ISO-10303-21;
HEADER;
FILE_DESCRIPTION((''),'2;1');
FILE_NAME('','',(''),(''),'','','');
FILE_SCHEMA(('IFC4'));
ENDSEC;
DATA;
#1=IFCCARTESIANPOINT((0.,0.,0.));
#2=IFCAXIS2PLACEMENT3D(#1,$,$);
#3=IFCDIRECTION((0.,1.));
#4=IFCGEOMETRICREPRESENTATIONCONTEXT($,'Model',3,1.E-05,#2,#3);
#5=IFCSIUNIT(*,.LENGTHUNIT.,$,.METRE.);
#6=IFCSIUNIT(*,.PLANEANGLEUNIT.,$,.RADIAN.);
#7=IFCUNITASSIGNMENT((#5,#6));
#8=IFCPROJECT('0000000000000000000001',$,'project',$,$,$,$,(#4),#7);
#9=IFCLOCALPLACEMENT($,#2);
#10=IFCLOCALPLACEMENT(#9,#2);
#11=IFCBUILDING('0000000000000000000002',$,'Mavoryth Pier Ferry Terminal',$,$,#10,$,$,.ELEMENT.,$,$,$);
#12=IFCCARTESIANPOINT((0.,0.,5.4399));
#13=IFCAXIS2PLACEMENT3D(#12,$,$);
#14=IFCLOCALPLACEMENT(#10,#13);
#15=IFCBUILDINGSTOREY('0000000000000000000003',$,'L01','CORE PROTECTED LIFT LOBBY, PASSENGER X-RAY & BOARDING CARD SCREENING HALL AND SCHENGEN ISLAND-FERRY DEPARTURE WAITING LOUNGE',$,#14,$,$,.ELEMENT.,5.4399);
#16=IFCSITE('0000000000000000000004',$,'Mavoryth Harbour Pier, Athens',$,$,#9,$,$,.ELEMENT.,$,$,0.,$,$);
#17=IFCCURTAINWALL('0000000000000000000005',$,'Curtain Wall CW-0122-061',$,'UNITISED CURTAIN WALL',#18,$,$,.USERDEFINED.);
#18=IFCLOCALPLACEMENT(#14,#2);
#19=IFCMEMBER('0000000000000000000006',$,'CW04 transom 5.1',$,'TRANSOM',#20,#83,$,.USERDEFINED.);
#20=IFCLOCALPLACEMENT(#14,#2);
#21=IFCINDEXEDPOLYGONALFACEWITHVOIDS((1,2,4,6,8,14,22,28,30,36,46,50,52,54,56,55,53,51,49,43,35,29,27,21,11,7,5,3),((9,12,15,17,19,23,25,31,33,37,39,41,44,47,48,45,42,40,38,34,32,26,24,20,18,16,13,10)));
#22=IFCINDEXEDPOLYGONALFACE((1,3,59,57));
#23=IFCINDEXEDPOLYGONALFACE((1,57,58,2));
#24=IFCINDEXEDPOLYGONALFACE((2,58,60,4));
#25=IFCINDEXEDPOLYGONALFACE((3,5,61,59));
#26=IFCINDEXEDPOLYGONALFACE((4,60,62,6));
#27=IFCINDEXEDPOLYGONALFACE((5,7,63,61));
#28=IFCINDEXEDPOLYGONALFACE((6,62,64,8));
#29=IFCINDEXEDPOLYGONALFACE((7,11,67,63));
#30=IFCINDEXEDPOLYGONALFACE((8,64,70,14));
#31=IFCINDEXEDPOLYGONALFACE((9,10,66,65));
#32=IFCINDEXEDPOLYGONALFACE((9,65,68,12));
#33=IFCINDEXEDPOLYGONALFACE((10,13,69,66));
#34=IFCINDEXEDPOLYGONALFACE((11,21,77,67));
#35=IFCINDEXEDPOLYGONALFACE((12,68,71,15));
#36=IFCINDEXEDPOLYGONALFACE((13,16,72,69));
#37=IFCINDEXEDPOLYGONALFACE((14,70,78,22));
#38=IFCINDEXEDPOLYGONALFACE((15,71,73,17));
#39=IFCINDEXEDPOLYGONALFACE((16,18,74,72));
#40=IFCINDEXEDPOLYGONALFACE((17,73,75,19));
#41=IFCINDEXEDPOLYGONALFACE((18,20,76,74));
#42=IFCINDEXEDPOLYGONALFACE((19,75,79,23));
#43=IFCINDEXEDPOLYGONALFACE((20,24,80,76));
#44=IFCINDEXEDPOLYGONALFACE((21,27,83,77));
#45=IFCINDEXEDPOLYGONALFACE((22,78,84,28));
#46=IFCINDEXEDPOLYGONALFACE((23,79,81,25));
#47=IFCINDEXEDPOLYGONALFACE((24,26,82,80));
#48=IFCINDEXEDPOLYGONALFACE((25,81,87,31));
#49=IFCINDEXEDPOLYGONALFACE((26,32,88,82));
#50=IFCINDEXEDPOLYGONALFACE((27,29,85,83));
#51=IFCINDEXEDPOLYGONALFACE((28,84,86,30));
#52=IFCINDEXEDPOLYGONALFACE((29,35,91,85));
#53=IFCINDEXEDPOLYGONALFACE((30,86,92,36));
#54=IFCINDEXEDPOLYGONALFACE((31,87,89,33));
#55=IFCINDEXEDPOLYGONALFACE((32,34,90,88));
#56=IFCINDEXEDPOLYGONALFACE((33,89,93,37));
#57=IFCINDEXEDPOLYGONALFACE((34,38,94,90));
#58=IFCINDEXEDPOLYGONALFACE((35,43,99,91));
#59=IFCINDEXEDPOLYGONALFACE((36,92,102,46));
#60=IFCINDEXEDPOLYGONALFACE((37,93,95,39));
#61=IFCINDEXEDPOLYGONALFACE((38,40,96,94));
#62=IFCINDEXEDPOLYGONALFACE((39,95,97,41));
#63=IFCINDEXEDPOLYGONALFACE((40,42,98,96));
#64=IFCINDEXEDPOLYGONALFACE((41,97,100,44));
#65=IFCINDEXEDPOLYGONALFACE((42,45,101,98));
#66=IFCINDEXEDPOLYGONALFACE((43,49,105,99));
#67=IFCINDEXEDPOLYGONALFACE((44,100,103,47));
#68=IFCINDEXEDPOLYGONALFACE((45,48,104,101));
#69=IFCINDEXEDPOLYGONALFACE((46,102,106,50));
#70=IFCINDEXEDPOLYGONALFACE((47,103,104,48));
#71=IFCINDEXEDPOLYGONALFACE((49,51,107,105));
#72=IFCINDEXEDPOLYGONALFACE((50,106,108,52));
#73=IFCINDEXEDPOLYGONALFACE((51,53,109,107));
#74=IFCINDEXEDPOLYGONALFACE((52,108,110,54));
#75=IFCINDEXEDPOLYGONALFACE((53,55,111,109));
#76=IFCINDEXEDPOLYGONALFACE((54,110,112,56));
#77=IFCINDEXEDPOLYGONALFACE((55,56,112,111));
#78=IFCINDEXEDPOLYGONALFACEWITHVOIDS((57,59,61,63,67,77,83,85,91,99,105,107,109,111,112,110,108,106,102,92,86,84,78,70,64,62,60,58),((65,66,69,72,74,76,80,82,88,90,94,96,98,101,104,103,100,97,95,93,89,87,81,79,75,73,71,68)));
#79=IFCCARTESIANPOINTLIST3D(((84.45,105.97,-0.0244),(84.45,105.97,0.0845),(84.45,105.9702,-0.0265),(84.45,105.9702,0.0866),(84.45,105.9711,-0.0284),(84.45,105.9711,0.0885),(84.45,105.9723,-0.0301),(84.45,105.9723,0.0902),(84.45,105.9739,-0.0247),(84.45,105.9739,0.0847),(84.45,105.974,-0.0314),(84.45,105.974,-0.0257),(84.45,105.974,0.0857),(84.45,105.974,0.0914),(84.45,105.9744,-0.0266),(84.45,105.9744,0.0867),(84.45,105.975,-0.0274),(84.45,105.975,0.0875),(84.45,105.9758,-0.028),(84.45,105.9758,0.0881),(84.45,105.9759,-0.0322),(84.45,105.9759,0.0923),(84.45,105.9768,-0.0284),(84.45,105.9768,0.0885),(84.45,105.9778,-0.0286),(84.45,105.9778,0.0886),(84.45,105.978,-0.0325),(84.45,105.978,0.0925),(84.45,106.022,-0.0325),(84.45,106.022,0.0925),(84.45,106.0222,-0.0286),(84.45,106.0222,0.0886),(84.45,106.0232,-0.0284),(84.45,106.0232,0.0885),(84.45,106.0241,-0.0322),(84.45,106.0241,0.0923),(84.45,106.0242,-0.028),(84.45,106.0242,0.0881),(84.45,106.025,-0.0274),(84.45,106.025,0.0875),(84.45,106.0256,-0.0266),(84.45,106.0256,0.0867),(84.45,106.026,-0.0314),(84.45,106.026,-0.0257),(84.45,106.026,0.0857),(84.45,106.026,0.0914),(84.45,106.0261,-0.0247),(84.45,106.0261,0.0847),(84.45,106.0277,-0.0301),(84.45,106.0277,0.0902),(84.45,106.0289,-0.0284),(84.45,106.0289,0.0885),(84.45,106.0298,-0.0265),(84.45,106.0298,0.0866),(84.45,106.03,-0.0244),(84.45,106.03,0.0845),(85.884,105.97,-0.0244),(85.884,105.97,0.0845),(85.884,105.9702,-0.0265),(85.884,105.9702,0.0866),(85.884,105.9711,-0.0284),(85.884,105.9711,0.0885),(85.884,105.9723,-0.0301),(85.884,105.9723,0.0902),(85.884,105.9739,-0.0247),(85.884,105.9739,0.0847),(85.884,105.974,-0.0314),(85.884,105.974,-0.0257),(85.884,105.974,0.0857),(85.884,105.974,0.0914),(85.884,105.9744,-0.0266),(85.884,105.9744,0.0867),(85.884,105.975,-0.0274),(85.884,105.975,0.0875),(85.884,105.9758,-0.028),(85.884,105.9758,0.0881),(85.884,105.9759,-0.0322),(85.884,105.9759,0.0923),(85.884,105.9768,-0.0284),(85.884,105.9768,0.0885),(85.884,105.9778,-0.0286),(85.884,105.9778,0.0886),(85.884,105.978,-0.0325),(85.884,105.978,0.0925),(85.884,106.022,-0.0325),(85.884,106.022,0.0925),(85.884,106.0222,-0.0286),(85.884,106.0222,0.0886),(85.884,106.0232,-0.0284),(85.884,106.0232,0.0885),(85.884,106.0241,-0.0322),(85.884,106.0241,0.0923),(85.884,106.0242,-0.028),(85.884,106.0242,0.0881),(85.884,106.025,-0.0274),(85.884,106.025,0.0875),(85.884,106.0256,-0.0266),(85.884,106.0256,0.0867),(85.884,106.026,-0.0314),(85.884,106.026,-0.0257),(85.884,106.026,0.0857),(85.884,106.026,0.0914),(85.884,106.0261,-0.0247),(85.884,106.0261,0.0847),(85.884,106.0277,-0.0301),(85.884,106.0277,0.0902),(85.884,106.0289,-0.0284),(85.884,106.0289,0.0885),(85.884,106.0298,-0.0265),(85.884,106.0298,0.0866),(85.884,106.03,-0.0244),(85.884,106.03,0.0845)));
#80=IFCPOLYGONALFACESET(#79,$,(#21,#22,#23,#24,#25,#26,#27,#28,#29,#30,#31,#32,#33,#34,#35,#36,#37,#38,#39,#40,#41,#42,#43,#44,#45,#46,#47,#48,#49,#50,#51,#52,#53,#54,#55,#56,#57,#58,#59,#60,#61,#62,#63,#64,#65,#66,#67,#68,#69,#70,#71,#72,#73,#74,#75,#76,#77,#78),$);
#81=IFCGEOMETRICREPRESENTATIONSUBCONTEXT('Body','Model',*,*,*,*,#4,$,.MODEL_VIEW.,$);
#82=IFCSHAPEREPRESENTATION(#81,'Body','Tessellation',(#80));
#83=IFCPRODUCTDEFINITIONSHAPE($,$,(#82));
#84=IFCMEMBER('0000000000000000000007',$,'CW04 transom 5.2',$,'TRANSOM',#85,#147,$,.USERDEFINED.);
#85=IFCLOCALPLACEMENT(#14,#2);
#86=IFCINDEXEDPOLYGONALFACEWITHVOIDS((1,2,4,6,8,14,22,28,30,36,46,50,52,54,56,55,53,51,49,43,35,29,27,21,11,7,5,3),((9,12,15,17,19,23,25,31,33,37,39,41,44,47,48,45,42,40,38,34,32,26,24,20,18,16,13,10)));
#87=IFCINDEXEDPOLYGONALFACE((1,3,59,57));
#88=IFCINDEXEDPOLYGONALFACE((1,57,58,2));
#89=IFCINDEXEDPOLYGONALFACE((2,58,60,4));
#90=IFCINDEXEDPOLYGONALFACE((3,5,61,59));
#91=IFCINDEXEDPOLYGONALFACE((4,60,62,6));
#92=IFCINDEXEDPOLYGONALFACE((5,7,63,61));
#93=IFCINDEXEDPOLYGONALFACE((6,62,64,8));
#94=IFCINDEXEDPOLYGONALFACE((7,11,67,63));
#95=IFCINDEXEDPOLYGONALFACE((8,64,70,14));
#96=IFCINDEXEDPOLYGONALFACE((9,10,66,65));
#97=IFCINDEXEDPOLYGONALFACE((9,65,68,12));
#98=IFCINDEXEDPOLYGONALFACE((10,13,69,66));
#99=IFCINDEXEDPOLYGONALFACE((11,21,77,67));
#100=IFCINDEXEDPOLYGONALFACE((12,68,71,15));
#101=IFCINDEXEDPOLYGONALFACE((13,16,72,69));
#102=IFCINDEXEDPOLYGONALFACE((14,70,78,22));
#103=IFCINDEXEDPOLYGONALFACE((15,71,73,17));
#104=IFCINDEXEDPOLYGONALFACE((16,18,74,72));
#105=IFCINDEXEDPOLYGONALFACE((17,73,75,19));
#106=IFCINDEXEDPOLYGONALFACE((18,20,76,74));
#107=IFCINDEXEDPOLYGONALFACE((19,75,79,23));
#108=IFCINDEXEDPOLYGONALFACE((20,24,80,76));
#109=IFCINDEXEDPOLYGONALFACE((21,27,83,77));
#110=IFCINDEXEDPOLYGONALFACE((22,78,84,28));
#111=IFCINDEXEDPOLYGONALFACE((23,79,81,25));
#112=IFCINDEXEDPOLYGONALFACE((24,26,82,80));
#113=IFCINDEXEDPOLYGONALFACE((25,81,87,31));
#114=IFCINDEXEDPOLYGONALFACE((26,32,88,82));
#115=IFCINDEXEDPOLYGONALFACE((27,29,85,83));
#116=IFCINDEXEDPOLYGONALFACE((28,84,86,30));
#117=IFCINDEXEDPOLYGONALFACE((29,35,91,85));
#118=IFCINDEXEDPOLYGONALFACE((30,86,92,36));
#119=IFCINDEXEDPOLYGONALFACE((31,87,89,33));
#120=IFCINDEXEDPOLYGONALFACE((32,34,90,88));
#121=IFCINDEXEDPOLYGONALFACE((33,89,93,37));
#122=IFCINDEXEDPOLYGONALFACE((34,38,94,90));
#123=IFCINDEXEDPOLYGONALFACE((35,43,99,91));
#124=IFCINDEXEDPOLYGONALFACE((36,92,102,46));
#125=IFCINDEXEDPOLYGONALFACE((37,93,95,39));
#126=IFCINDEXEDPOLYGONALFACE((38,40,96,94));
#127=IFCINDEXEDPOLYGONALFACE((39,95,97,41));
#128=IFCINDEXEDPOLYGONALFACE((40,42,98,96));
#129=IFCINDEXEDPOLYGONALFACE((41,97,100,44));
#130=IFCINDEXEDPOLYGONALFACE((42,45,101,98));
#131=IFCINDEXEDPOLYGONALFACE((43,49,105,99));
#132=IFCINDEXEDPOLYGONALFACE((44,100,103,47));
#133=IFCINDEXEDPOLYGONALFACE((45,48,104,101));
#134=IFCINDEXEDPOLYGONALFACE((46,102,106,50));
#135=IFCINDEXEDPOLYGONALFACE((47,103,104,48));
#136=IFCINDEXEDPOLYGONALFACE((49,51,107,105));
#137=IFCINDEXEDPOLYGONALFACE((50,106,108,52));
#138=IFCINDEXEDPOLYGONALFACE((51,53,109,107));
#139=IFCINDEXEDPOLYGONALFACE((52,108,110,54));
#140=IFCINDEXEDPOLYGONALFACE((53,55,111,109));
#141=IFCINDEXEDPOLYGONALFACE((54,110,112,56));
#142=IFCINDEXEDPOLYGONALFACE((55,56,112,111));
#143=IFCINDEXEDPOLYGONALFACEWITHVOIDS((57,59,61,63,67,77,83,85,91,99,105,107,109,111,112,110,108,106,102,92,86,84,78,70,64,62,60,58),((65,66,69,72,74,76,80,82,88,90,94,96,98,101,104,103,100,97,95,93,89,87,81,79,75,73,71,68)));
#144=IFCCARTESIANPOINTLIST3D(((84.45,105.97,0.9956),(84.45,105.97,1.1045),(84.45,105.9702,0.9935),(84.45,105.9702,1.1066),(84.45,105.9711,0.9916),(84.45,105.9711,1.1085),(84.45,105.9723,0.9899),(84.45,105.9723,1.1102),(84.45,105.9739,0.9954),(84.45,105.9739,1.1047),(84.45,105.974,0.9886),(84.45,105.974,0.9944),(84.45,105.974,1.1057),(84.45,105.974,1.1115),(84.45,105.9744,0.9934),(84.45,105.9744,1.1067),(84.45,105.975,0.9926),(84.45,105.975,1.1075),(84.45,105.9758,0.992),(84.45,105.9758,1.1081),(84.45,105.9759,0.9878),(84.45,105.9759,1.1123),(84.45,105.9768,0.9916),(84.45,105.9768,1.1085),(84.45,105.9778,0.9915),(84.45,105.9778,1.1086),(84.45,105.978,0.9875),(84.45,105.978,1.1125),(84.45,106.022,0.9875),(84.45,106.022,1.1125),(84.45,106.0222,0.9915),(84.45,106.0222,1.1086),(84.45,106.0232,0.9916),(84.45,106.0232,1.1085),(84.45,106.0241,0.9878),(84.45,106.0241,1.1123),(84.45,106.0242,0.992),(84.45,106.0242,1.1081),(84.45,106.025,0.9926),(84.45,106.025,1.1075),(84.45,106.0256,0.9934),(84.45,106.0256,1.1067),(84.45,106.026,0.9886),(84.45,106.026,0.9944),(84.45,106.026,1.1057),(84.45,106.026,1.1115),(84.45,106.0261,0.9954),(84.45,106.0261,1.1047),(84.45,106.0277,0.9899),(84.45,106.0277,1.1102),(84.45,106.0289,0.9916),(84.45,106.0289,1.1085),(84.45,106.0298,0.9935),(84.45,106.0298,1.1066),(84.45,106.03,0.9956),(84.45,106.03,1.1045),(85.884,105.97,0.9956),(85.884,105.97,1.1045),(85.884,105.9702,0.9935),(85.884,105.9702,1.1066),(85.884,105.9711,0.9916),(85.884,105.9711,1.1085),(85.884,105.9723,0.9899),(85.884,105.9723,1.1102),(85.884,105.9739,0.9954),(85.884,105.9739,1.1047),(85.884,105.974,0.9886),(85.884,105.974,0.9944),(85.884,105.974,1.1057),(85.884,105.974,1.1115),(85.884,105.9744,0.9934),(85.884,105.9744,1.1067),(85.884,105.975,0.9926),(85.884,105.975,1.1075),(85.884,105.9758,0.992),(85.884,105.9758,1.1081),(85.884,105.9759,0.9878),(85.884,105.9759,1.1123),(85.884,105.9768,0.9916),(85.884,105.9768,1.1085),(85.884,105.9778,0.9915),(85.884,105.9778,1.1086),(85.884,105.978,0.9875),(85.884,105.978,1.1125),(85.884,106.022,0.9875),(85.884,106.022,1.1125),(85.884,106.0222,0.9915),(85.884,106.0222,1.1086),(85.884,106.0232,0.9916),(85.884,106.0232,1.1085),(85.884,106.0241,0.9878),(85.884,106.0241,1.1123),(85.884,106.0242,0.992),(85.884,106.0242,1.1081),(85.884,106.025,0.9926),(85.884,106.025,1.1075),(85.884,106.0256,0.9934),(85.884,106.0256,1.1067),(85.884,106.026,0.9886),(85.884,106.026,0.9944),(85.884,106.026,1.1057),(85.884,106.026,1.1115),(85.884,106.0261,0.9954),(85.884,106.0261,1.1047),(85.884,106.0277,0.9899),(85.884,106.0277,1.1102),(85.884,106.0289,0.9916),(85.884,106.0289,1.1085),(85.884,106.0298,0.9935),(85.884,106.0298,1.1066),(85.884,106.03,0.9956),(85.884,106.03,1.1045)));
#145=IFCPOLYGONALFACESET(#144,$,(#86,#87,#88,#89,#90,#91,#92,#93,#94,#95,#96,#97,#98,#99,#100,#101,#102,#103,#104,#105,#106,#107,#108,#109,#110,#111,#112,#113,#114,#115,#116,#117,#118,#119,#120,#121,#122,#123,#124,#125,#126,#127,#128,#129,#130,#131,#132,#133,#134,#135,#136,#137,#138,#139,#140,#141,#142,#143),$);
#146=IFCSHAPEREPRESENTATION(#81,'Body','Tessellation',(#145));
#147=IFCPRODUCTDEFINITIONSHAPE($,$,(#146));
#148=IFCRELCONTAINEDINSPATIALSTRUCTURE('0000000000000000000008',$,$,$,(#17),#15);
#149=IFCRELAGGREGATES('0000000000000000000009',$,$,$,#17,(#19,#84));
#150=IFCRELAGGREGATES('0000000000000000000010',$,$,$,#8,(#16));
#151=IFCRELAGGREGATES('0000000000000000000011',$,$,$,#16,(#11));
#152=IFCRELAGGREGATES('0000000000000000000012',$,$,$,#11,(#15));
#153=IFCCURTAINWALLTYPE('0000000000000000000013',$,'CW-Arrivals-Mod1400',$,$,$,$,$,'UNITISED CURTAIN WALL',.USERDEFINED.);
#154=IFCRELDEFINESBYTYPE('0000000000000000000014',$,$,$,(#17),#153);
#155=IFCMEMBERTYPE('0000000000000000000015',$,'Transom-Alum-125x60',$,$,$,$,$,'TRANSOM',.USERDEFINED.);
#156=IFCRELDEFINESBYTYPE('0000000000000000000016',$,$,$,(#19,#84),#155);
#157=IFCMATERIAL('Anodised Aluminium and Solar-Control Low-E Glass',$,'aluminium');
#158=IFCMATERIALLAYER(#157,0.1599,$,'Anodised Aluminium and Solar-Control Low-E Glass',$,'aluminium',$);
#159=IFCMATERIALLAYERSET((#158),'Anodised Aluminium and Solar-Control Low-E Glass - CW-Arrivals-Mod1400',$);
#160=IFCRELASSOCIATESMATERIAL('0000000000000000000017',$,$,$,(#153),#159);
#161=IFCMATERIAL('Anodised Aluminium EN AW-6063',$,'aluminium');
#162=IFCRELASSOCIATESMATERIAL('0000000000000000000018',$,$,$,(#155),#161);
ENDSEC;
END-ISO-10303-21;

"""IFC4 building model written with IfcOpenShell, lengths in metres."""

from ifc_helpers import new_model, si_unit, direction, frame, origin, origin_2d, place, context, subcontext, project, spatial, hollow_rectangle, extrude, material, layer, layer_set, material_profile, profile_set, type_object, element, aggregate, save


model = new_model("IFC4")

# Units and contexts
model_context = context("Model", 3, precision=1e-05, world=origin(), true_north=direction((0.0, 1.0)))
body_context = subcontext(model_context, "Body", "Model", "MODEL_VIEW")
ifc_project = project(units=[si_unit("LENGTHUNIT", "METRE"), si_unit("PLANEANGLEUNIT", "RADIAN")], contexts=[model_context])

# Site, building, storey
site_placement = place(None, origin())
site = spatial("IfcSite", under=ifc_project, at=site_placement, Name="Mavoryth Harbour Pier, Athens", CompositionType="ELEMENT", RefElevation=0.0)
building_placement = place(site_placement, origin())
building = spatial("IfcBuilding", under=site, at=building_placement, Name="Mavoryth Pier Ferry Terminal", CompositionType="ELEMENT")
storey_placement = place(building_placement, frame((0.0, 0.0, 5.4399)))
storey = spatial("IfcBuildingStorey", under=building, at=storey_placement, Name="L01", Description="CORE PROTECTED LIFT LOBBY, PASSENGER X-RAY & BOARDING CARD SCREENING HALL AND SCHENGEN ISLAND-FERRY DEPARTURE WAITING LOUNGE", CompositionType="ELEMENT", Elevation=5.4399)

# Curtain wall, members
ifc_material_1 = material(Name="Anodised Aluminium and Solar-Control Low-E Glass", Category="aluminium")
ifc_layer_1 = layer(ifc_material_1, 0.1599, Name="Anodised Aluminium and Solar-Control Low-E Glass", Category="aluminium")
ifc_layer_set_1 = layer_set([ifc_layer_1], Name="Anodised Aluminium and Solar-Control Low-E Glass - CW-Arrivals-Mod1400")
curtain_wall_type = type_object("IfcCurtainWallType", Name="CW-Arrivals-Mod1400", ElementType="UNITISED CURTAIN WALL", PredefinedType="USERDEFINED", material=ifc_layer_set_1)
curtain_wall_placement = place(storey_placement, origin())
curtain_wall = element("IfcCurtainWall", 1, at=curtain_wall_placement, inside=storey, type_object=curtain_wall_type, Name="Curtain Wall CW-0122-061", ObjectType="UNITISED CURTAIN WALL", PredefinedType="USERDEFINED")
ifc_material_2 = material(Name="Anodised Aluminium EN AW-6063", Category="aluminium")
ifc_material_profile_1 = material_profile(ifc_material_2, hollow_rectangle(XDim=0.0601, YDim=0.125, WallThickness=0.0039, InnerFilletRadius=0.0039, OuterFilletRadius=0.0081, at=origin_2d()), Name="AL-TRAN 125x60x4", Category="aluminium")
ifc_profile_set_1 = profile_set([ifc_material_profile_1], Name="Anodised Aluminium EN AW-6063 - AL-TRAN 125x60x4")
member_type_1 = type_object("IfcMemberType", Name="Transom-Alum-125x60", ElementType="TRANSOM", PredefinedType="USERDEFINED", material=ifc_profile_set_1)
member_1_placement = place(storey_placement, frame((85.884, 106.0, 0.03), z_axis=(-1.0, 0.0, 0.0), x_axis=(0.0, -1.0, 0.0)))
member_1 = element("IfcMember", 2, at=member_1_placement, type_object=member_type_1, Name="CW04 transom 5.1", ObjectType="TRANSOM", PredefinedType="USERDEFINED", context=body_context, shape_type="SweptSolid", body=[
    extrude(hollow_rectangle(XDim=0.0601, YDim=0.125, WallThickness=0.0039, InnerFilletRadius=0.0039, OuterFilletRadius=0.0081, at=origin_2d()), origin(), (0.0, 0.0, 1.0), 1.4341),
])
member_2_placement = place(storey_placement, frame((85.884, 106.0, 1.05), z_axis=(-1.0, 0.0, 0.0), x_axis=(0.0, -1.0, 0.0)))
member_2 = element("IfcMember", 3, at=member_2_placement, type_object=member_type_1, Name="CW04 transom 5.2", ObjectType="TRANSOM", PredefinedType="USERDEFINED", context=body_context, shape_type="SweptSolid", body=[
    extrude(hollow_rectangle(XDim=0.0601, YDim=0.125, WallThickness=0.0039, InnerFilletRadius=0.0039, OuterFilletRadius=0.0081, at=origin_2d()), origin(), (0.0, 0.0, 1.0), 1.4341),
])
aggregate(curtain_wall, [member_1, member_2])

save(model, "model.ifc")
